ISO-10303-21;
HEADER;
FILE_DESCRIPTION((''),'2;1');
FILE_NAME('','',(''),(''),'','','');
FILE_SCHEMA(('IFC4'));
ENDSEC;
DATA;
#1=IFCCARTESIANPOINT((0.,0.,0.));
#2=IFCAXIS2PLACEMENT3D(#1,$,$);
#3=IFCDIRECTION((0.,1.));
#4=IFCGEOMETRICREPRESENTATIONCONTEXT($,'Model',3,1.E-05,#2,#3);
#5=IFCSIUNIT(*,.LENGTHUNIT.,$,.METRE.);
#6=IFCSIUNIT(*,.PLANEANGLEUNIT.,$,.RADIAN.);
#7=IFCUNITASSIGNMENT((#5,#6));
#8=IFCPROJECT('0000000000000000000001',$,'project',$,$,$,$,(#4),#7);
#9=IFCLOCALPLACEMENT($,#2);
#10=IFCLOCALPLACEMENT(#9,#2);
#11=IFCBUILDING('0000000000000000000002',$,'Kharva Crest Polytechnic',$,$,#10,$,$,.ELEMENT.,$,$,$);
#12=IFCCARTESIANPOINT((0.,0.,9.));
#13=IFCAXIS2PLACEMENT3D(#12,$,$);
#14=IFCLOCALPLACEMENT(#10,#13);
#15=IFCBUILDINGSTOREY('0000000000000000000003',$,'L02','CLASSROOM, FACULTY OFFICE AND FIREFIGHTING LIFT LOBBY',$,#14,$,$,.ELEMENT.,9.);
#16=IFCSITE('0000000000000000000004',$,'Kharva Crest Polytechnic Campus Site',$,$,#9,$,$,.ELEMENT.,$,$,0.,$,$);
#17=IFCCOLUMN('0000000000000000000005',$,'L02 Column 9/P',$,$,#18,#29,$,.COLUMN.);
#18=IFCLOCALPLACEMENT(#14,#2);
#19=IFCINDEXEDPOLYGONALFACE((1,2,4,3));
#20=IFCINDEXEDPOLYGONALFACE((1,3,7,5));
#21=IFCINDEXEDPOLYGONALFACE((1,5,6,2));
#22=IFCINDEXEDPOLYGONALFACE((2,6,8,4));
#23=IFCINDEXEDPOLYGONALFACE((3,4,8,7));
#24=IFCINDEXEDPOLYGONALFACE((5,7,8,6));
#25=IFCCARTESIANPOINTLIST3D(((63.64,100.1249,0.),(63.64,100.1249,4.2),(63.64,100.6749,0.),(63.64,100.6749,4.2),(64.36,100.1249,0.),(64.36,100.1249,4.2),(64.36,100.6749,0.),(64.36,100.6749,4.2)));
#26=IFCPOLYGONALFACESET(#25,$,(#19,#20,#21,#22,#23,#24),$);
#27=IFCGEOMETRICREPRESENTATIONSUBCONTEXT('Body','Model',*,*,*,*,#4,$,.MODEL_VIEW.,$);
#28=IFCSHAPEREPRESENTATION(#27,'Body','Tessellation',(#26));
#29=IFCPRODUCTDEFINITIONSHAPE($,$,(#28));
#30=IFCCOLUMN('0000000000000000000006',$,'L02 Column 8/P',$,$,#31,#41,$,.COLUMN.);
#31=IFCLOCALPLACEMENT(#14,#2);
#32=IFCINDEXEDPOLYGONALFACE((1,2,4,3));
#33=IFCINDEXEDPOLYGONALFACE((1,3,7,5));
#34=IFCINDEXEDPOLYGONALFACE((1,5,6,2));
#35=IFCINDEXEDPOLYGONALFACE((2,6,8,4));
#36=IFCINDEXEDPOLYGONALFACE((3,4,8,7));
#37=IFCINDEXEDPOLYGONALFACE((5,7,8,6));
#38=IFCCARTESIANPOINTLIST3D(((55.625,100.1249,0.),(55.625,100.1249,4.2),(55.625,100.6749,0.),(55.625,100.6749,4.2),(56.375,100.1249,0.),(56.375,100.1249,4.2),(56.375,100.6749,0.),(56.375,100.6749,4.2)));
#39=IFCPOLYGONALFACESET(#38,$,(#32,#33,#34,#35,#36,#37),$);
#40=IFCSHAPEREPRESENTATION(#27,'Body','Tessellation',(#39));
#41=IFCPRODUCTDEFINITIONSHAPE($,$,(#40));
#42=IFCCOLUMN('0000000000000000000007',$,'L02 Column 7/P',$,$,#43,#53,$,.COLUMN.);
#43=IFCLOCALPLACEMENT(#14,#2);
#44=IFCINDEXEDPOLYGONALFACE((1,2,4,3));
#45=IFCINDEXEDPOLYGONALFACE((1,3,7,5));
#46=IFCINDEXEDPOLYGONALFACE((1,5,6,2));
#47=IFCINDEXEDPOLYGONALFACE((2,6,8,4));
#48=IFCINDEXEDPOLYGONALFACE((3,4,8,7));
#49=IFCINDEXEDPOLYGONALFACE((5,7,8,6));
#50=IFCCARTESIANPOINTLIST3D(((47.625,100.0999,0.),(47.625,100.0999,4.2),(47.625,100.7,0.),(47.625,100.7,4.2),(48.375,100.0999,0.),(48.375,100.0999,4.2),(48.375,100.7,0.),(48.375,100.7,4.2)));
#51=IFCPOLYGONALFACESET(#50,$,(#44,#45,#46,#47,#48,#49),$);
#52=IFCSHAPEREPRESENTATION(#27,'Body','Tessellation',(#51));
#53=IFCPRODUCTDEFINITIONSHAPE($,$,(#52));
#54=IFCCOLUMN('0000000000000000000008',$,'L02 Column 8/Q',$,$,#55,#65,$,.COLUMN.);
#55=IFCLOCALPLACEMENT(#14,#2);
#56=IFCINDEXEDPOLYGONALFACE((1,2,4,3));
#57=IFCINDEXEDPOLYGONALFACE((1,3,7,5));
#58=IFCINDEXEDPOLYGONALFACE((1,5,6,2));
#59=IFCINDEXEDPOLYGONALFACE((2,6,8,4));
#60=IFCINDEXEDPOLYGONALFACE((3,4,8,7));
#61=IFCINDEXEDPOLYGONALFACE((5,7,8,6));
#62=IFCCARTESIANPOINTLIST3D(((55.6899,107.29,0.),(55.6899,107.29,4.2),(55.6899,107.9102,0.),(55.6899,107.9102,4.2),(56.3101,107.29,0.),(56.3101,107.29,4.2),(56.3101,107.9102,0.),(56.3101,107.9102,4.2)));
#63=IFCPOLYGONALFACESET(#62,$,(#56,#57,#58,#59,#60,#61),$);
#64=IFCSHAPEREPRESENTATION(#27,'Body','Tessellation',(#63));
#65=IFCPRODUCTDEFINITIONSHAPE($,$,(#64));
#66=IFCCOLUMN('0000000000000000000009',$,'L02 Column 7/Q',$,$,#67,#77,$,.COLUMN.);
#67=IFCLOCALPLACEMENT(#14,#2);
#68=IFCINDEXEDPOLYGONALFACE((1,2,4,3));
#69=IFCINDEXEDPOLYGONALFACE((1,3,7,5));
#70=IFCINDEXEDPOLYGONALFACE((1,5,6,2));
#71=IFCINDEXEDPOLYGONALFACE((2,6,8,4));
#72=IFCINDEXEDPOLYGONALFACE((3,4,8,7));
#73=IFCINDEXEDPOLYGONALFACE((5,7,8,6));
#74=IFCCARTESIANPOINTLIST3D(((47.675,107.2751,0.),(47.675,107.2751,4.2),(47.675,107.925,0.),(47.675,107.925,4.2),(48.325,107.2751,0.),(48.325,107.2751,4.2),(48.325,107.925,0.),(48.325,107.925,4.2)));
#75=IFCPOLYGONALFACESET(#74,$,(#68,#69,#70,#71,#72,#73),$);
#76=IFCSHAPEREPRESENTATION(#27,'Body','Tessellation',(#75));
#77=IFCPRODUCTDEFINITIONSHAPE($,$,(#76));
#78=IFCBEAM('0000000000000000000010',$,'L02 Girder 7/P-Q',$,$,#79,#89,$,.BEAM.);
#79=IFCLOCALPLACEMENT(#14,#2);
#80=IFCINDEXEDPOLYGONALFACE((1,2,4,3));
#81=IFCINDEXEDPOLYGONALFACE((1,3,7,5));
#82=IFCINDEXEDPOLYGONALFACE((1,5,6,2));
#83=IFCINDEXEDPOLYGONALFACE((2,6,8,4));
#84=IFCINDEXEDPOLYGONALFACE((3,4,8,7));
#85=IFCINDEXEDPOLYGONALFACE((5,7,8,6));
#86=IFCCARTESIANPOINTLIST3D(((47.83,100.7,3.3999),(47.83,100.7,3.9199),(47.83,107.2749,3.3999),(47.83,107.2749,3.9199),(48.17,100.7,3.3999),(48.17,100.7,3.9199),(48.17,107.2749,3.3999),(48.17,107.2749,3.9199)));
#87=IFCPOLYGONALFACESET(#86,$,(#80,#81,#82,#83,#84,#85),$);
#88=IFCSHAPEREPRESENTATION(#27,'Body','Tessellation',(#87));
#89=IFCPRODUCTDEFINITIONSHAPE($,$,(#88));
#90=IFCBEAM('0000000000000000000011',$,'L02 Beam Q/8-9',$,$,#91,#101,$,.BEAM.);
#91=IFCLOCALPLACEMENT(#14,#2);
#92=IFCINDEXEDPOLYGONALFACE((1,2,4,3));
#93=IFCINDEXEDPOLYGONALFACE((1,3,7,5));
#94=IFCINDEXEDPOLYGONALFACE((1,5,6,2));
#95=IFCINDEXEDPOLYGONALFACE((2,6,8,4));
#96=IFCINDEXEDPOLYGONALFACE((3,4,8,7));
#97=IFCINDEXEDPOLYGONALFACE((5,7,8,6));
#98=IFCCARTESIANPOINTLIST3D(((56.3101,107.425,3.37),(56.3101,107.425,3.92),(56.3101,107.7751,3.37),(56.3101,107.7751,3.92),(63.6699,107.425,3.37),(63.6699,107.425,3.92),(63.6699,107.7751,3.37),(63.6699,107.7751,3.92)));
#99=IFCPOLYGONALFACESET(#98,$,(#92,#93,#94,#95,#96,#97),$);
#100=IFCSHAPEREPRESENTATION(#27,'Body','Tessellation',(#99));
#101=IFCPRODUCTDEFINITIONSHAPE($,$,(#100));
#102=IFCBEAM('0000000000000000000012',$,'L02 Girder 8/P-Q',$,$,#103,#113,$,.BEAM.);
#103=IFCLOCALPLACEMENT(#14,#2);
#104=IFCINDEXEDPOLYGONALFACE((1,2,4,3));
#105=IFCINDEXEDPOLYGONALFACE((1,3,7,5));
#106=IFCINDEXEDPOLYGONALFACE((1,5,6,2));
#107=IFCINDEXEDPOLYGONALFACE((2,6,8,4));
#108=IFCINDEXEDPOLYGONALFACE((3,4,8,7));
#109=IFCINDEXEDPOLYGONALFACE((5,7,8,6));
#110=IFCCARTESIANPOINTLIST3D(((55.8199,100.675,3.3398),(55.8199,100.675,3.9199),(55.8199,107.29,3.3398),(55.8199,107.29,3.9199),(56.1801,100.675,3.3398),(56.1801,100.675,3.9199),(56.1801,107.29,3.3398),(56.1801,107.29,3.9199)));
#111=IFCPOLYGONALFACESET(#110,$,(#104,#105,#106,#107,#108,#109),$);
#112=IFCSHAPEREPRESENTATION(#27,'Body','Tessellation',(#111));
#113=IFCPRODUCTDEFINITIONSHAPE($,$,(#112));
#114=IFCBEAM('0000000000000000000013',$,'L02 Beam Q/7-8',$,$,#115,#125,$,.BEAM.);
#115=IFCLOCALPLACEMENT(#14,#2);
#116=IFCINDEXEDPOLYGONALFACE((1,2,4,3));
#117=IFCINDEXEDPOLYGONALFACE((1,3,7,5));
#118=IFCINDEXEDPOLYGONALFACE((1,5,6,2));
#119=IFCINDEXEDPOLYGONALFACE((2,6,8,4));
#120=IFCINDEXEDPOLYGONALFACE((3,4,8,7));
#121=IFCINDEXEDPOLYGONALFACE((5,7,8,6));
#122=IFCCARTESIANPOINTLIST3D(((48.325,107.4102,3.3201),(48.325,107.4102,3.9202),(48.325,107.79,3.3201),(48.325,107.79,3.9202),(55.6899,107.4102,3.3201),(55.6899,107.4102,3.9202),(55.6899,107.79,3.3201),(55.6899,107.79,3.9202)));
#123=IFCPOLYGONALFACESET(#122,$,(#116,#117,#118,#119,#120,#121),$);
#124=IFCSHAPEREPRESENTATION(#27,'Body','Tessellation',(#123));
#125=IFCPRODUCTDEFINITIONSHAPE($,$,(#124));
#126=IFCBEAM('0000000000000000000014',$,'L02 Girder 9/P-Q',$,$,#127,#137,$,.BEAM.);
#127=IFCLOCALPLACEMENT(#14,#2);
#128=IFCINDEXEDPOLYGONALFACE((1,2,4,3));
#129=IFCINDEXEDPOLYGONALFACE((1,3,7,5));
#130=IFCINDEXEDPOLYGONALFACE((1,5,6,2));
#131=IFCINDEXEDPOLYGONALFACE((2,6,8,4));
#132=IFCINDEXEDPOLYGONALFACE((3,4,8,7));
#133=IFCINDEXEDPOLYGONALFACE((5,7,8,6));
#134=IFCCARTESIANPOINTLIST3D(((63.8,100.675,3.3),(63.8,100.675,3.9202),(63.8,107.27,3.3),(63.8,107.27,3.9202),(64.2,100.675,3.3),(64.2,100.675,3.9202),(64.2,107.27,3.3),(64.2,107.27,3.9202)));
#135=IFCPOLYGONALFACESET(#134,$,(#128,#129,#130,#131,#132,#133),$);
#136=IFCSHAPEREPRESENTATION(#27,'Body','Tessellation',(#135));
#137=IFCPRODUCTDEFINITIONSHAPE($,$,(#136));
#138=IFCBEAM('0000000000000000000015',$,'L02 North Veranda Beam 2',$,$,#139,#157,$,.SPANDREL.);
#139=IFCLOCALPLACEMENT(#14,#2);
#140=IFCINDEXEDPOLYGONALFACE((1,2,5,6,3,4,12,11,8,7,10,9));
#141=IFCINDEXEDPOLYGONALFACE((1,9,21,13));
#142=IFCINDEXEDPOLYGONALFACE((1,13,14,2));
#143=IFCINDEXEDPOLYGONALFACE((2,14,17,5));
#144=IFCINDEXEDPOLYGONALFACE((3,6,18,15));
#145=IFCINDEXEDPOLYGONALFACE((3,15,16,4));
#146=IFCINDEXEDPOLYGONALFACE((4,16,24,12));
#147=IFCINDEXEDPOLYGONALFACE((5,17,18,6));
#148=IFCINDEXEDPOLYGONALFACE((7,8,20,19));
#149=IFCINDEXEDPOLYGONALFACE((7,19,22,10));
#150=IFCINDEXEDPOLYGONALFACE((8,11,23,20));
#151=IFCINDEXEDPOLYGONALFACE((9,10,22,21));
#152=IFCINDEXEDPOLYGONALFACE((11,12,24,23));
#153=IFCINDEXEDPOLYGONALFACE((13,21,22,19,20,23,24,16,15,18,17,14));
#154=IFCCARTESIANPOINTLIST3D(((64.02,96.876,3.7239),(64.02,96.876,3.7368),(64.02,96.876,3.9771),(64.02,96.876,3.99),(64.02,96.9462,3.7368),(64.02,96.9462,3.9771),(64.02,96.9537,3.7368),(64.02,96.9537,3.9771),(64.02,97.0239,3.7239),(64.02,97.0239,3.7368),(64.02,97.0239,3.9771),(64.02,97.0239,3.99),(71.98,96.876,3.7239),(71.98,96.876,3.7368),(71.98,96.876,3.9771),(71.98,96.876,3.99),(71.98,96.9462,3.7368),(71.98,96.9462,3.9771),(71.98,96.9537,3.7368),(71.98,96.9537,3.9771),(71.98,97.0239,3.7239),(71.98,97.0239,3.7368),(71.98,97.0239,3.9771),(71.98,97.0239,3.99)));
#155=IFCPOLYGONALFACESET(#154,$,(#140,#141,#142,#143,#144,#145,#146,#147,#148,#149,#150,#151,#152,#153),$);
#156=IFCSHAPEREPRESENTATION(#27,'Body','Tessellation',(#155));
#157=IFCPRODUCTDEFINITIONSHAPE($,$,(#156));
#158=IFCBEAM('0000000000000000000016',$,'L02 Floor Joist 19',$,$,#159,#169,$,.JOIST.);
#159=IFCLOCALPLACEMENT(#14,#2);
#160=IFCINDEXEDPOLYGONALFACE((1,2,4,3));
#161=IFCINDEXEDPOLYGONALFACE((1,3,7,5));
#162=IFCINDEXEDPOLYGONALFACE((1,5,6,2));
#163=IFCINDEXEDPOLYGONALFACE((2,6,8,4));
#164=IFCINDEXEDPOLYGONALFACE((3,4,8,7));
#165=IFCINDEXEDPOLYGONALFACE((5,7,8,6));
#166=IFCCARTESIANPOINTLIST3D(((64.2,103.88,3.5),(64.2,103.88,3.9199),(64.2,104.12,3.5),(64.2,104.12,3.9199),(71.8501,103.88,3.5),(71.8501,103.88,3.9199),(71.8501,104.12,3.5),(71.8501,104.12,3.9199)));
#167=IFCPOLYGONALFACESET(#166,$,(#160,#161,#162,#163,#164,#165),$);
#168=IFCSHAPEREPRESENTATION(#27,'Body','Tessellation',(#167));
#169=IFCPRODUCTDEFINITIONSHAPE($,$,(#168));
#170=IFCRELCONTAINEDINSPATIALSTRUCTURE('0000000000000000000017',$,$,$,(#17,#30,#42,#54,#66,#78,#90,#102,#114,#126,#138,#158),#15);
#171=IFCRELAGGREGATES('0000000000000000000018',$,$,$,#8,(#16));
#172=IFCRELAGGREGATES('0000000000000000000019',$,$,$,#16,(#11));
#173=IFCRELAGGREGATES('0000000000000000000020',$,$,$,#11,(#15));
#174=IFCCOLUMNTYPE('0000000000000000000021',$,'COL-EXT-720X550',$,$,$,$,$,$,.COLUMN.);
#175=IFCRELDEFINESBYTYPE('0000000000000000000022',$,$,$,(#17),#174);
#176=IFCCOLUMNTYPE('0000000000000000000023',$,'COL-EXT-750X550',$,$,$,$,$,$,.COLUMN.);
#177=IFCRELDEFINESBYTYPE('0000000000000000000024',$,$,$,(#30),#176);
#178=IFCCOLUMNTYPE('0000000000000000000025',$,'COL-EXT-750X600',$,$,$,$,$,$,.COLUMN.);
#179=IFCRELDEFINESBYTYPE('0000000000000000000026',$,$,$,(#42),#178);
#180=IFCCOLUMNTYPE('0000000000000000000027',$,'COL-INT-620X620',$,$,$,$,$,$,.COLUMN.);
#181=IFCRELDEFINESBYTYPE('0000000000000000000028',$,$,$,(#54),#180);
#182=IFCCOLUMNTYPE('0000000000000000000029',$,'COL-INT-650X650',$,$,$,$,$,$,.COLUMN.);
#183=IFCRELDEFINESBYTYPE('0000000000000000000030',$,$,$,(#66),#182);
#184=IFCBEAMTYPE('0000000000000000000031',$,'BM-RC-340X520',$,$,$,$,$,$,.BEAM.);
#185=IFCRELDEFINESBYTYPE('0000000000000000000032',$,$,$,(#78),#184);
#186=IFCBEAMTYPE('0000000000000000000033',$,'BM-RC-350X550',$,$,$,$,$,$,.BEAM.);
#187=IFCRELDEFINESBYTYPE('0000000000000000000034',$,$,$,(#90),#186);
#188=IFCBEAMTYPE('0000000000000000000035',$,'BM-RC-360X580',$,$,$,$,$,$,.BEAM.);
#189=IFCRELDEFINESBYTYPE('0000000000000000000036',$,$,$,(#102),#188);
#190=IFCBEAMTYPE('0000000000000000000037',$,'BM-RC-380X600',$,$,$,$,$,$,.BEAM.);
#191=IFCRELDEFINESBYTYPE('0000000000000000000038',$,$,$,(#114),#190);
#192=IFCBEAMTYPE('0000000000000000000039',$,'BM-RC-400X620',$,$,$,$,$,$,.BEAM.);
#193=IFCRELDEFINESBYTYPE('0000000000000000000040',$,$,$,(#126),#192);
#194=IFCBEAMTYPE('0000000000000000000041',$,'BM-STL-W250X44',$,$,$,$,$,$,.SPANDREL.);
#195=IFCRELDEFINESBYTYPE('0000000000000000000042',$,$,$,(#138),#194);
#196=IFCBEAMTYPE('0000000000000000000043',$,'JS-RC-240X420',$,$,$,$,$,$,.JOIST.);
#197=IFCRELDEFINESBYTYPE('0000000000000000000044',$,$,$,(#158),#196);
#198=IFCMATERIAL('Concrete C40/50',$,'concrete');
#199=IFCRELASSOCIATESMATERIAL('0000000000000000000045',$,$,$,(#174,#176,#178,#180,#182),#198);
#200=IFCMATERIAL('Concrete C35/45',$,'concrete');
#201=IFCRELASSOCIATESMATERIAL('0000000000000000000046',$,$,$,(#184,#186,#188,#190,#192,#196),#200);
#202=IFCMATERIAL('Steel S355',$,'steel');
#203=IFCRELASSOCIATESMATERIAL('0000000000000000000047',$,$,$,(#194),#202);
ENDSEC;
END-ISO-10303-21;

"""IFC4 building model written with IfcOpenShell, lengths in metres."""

from ifc_helpers import new_model, si_unit, direction, frame, origin, origin_2d, place, context, subcontext, project, spatial, rectangle, i_section, extrude, material, material_profile, profile_set, type_object, element, save


model = new_model("IFC4")

# Units and contexts
model_context = context("Model", 3, precision=1e-05, world=origin(), true_north=direction((0.0, 1.0)))
body_context = subcontext(model_context, "Body", "Model", "MODEL_VIEW")
ifc_project = project(units=[si_unit("LENGTHUNIT", "METRE"), si_unit("PLANEANGLEUNIT", "RADIAN")], contexts=[model_context])

# Site, building, storey
site_placement = place(None, origin())
site = spatial("IfcSite", under=ifc_project, at=site_placement, Name="Kharva Crest Polytechnic Campus Site", CompositionType="ELEMENT", RefElevation=0.0)
building_placement = place(site_placement, origin())
building = spatial("IfcBuilding", under=site, at=building_placement, Name="Kharva Crest Polytechnic", CompositionType="ELEMENT")
storey_placement = place(building_placement, frame((0.0, 0.0, 9.0)))
storey = spatial("IfcBuildingStorey", under=building, at=storey_placement, Name="L02", Description="CLASSROOM, FACULTY OFFICE AND FIREFIGHTING LIFT LOBBY", CompositionType="ELEMENT", Elevation=9.0)

# Columns
ifc_material_1 = material(Name="Concrete C40/50", Category="concrete")
ifc_material_profile_1 = material_profile(ifc_material_1, rectangle(XDim=0.72, YDim=0.55, at=origin_2d()), Name="RECT 720 X 550")
ifc_profile_set_1 = profile_set([ifc_material_profile_1], Name="Concrete C40/50")
column_type_1 = type_object("IfcColumnType", Name="COL-EXT-720X550", PredefinedType="COLUMN", material=ifc_profile_set_1)
column_1_placement = place(storey_placement, frame((64.0, 100.3999, 0.0), z_axis=(0.0, 0.0, 1.0), x_axis=(1.0, 0.0, 0.0)))
element("IfcColumn", 1, at=column_1_placement, inside=storey, type_object=column_type_1, Name="L02 Column 9/P", PredefinedType="COLUMN", context=body_context, shape_type="SweptSolid", body=[
    extrude(rectangle(XDim=0.72, YDim=0.55, at=origin_2d()), origin(), (0.0, 0.0, 1.0), 4.2),
])
ifc_material_profile_2 = material_profile(ifc_material_1, rectangle(XDim=0.75, YDim=0.55, at=origin_2d()), Name="RECT 750 X 550")
ifc_profile_set_2 = profile_set([ifc_material_profile_2], Name="Concrete C40/50")
column_type_2 = type_object("IfcColumnType", Name="COL-EXT-750X550", PredefinedType="COLUMN", material=ifc_profile_set_2)
column_2_placement = place(storey_placement, frame((56.0, 100.3999, 0.0), z_axis=(0.0, 0.0, 1.0), x_axis=(1.0, 0.0, 0.0)))
element("IfcColumn", 2, at=column_2_placement, inside=storey, type_object=column_type_2, Name="L02 Column 8/P", PredefinedType="COLUMN", context=body_context, shape_type="SweptSolid", body=[
    extrude(rectangle(XDim=0.75, YDim=0.55, at=origin_2d()), origin(), (0.0, 0.0, 1.0), 4.2),
])
ifc_material_profile_3 = material_profile(ifc_material_1, rectangle(XDim=0.75, YDim=0.6001, at=origin_2d()), Name="RECT 750 X 600")
ifc_profile_set_3 = profile_set([ifc_material_profile_3], Name="Concrete C40/50")
column_type_3 = type_object("IfcColumnType", Name="COL-EXT-750X600", PredefinedType="COLUMN", material=ifc_profile_set_3)
column_3_placement = place(storey_placement, frame((48.0, 100.3999, 0.0), z_axis=(0.0, 0.0, 1.0), x_axis=(1.0, 0.0, 0.0)))
element("IfcColumn", 3, at=column_3_placement, inside=storey, type_object=column_type_3, Name="L02 Column 7/P", PredefinedType="COLUMN", context=body_context, shape_type="SweptSolid", body=[
    extrude(rectangle(XDim=0.75, YDim=0.6001, at=origin_2d()), origin(), (0.0, 0.0, 1.0), 4.2),
])
ifc_material_profile_4 = material_profile(ifc_material_1, rectangle(XDim=0.6201, YDim=0.6201, at=origin_2d()), Name="RECT 620 X 620")
ifc_profile_set_4 = profile_set([ifc_material_profile_4], Name="Concrete C40/50")
column_type_4 = type_object("IfcColumnType", Name="COL-INT-620X620", PredefinedType="COLUMN", material=ifc_profile_set_4)
column_4_placement = place(storey_placement, frame((56.0, 107.6001, 0.0), z_axis=(0.0, 0.0, 1.0), x_axis=(1.0, 0.0, 0.0)))
element("IfcColumn", 4, at=column_4_placement, inside=storey, type_object=column_type_4, Name="L02 Column 8/Q", PredefinedType="COLUMN", context=body_context, shape_type="SweptSolid", body=[
    extrude(rectangle(XDim=0.6201, YDim=0.6201, at=origin_2d()), origin(), (0.0, 0.0, 1.0), 4.2),
])
ifc_material_profile_5 = material_profile(ifc_material_1, rectangle(XDim=0.6499, YDim=0.6499, at=origin_2d()), Name="RECT 650 X 650")
ifc_profile_set_5 = profile_set([ifc_material_profile_5], Name="Concrete C40/50")
column_type_5 = type_object("IfcColumnType", Name="COL-INT-650X650", PredefinedType="COLUMN", material=ifc_profile_set_5)
column_5_placement = place(storey_placement, frame((48.0, 107.6001, 0.0), z_axis=(0.0, 0.0, 1.0), x_axis=(1.0, 0.0, 0.0)))
element("IfcColumn", 5, at=column_5_placement, inside=storey, type_object=column_type_5, Name="L02 Column 7/Q", PredefinedType="COLUMN", context=body_context, shape_type="SweptSolid", body=[
    extrude(rectangle(XDim=0.6499, YDim=0.6499, at=origin_2d()), origin(), (0.0, 0.0, 1.0), 4.2),
])

# Beams
ifc_material_2 = material(Name="Concrete C35/45", Category="concrete")
ifc_material_profile_6 = material_profile(ifc_material_2, rectangle(XDim=0.3401, YDim=0.52, at=origin_2d()), Name="RECT 340 X 520")
ifc_profile_set_6 = profile_set([ifc_material_profile_6], Name="Concrete C35/45")
beam_type_1 = type_object("IfcBeamType", Name="BM-RC-340X520", PredefinedType="BEAM", material=ifc_profile_set_6)
beam_1_placement = place(storey_placement, frame((48.0, 100.7, 3.6599), z_axis=(0.0, 1.0, 0.0), x_axis=(-1.0, 0.0, 0.0)))
element("IfcBeam", 6, at=beam_1_placement, inside=storey, type_object=beam_type_1, Name="L02 Girder 7/P-Q", PredefinedType="BEAM", context=body_context, shape_type="SweptSolid", body=[
    extrude(rectangle(XDim=0.3401, YDim=0.52, at=origin_2d()), origin(), (0.0, 0.0, 1.0), 6.575),
])
ifc_material_profile_7 = material_profile(ifc_material_2, rectangle(XDim=0.3501, YDim=0.55, at=origin_2d()), Name="RECT 350 X 550")
ifc_profile_set_7 = profile_set([ifc_material_profile_7], Name="Concrete C35/45")
beam_type_2 = type_object("IfcBeamType", Name="BM-RC-350X550", PredefinedType="BEAM", material=ifc_profile_set_7)
beam_2_placement = place(storey_placement, frame((56.3101, 107.6001, 3.645), z_axis=(1.0, 0.0, 0.0), x_axis=(0.0, 1.0, 0.0)))
element("IfcBeam", 7, at=beam_2_placement, inside=storey, type_object=beam_type_2, Name="L02 Beam Q/8-9", PredefinedType="BEAM", context=body_context, shape_type="SweptSolid", body=[
    extrude(rectangle(XDim=0.3501, YDim=0.55, at=origin_2d()), origin(), (0.0, 0.0, 1.0), 7.3599),
])
ifc_material_profile_8 = material_profile(ifc_material_2, rectangle(XDim=0.3601, YDim=0.5801, at=origin_2d()), Name="RECT 360 X 580")
ifc_profile_set_8 = profile_set([ifc_material_profile_8], Name="Concrete C35/45")
beam_type_3 = type_object("IfcBeamType", Name="BM-RC-360X580", PredefinedType="BEAM", material=ifc_profile_set_8)
beam_3_placement = place(storey_placement, frame((56.0, 100.675, 3.6299), z_axis=(0.0, 1.0, 0.0), x_axis=(-1.0, 0.0, 0.0)))
element("IfcBeam", 8, at=beam_3_placement, inside=storey, type_object=beam_type_3, Name="L02 Girder 8/P-Q", PredefinedType="BEAM", context=body_context, shape_type="SweptSolid", body=[
    extrude(rectangle(XDim=0.3601, YDim=0.5801, at=origin_2d()), origin(), (0.0, 0.0, 1.0), 6.615),
])
ifc_material_profile_9 = material_profile(ifc_material_2, rectangle(XDim=0.3799, YDim=0.6001, at=origin_2d()), Name="RECT 380 X 600")
ifc_profile_set_9 = profile_set([ifc_material_profile_9], Name="Concrete C35/45")
beam_type_4 = type_object("IfcBeamType", Name="BM-RC-380X600", PredefinedType="BEAM", material=ifc_profile_set_9)
beam_4_placement = place(storey_placement, frame((48.325, 107.6001, 3.6201), z_axis=(1.0, 0.0, 0.0), x_axis=(0.0, 1.0, 0.0)))
element("IfcBeam", 9, at=beam_4_placement, inside=storey, type_object=beam_type_4, Name="L02 Beam Q/7-8", PredefinedType="BEAM", context=body_context, shape_type="SweptSolid", body=[
    extrude(rectangle(XDim=0.3799, YDim=0.6001, at=origin_2d()), origin(), (0.0, 0.0, 1.0), 7.365),
])
ifc_material_profile_10 = material_profile(ifc_material_2, rectangle(XDim=0.3999, YDim=0.6201, at=origin_2d()), Name="RECT 400 X 620")
ifc_profile_set_10 = profile_set([ifc_material_profile_10], Name="Concrete C35/45")
beam_type_5 = type_object("IfcBeamType", Name="BM-RC-400X620", PredefinedType="BEAM", material=ifc_profile_set_10)
beam_5_placement = place(storey_placement, frame((64.0, 100.675, 3.6101), z_axis=(0.0, 1.0, 0.0), x_axis=(-1.0, 0.0, 0.0)))
element("IfcBeam", 10, at=beam_5_placement, inside=storey, type_object=beam_type_5, Name="L02 Girder 9/P-Q", PredefinedType="BEAM", context=body_context, shape_type="SweptSolid", body=[
    extrude(rectangle(XDim=0.3999, YDim=0.6201, at=origin_2d()), origin(), (0.0, 0.0, 1.0), 6.595),
])
ifc_material_3 = material(Name="Steel S355", Category="steel")
ifc_material_profile_11 = material_profile(ifc_material_3, i_section(OverallWidth=0.1479, OverallDepth=0.2661, WebThickness=0.0076, FlangeThickness=0.0129, at=origin_2d()), Name="W250X44.8")
ifc_profile_set_11 = profile_set([ifc_material_profile_11], Name="Steel S355")
beam_type_6 = type_object("IfcBeamType", Name="BM-STL-W250X44", PredefinedType="SPANDREL", material=ifc_profile_set_11)
beam_6_placement = place(storey_placement, frame((64.02, 96.95, 3.8569), z_axis=(1.0, 0.0, 0.0), x_axis=(0.0, 1.0, 0.0)))
element("IfcBeam", 11, at=beam_6_placement, inside=storey, type_object=beam_type_6, Name="L02 North Veranda Beam 2", PredefinedType="SPANDREL", context=body_context, shape_type="SweptSolid", body=[
    extrude(i_section(OverallWidth=0.1479, OverallDepth=0.2661, WebThickness=0.0076, FlangeThickness=0.0129, at=origin_2d()), origin(), (0.0, 0.0, 1.0), 7.96),
])
ifc_material_profile_12 = material_profile(ifc_material_2, rectangle(XDim=0.24, YDim=0.4199, at=origin_2d()), Name="RECT 240 X 420")
ifc_profile_set_12 = profile_set([ifc_material_profile_12], Name="Concrete C35/45")
beam_type_7 = type_object("IfcBeamType", Name="JS-RC-240X420", PredefinedType="JOIST", material=ifc_profile_set_12)
beam_7_placement = place(storey_placement, frame((64.2, 104.0, 3.71), z_axis=(1.0, 0.0, 0.0), x_axis=(0.0, 1.0, 0.0)))
element("IfcBeam", 12, at=beam_7_placement, inside=storey, type_object=beam_type_7, Name="L02 Floor Joist 19", PredefinedType="JOIST", context=body_context, shape_type="SweptSolid", body=[
    extrude(rectangle(XDim=0.24, YDim=0.4199, at=origin_2d()), origin(), (0.0, 0.0, 1.0), 7.6501),
])

save(model, "model.ifc")
